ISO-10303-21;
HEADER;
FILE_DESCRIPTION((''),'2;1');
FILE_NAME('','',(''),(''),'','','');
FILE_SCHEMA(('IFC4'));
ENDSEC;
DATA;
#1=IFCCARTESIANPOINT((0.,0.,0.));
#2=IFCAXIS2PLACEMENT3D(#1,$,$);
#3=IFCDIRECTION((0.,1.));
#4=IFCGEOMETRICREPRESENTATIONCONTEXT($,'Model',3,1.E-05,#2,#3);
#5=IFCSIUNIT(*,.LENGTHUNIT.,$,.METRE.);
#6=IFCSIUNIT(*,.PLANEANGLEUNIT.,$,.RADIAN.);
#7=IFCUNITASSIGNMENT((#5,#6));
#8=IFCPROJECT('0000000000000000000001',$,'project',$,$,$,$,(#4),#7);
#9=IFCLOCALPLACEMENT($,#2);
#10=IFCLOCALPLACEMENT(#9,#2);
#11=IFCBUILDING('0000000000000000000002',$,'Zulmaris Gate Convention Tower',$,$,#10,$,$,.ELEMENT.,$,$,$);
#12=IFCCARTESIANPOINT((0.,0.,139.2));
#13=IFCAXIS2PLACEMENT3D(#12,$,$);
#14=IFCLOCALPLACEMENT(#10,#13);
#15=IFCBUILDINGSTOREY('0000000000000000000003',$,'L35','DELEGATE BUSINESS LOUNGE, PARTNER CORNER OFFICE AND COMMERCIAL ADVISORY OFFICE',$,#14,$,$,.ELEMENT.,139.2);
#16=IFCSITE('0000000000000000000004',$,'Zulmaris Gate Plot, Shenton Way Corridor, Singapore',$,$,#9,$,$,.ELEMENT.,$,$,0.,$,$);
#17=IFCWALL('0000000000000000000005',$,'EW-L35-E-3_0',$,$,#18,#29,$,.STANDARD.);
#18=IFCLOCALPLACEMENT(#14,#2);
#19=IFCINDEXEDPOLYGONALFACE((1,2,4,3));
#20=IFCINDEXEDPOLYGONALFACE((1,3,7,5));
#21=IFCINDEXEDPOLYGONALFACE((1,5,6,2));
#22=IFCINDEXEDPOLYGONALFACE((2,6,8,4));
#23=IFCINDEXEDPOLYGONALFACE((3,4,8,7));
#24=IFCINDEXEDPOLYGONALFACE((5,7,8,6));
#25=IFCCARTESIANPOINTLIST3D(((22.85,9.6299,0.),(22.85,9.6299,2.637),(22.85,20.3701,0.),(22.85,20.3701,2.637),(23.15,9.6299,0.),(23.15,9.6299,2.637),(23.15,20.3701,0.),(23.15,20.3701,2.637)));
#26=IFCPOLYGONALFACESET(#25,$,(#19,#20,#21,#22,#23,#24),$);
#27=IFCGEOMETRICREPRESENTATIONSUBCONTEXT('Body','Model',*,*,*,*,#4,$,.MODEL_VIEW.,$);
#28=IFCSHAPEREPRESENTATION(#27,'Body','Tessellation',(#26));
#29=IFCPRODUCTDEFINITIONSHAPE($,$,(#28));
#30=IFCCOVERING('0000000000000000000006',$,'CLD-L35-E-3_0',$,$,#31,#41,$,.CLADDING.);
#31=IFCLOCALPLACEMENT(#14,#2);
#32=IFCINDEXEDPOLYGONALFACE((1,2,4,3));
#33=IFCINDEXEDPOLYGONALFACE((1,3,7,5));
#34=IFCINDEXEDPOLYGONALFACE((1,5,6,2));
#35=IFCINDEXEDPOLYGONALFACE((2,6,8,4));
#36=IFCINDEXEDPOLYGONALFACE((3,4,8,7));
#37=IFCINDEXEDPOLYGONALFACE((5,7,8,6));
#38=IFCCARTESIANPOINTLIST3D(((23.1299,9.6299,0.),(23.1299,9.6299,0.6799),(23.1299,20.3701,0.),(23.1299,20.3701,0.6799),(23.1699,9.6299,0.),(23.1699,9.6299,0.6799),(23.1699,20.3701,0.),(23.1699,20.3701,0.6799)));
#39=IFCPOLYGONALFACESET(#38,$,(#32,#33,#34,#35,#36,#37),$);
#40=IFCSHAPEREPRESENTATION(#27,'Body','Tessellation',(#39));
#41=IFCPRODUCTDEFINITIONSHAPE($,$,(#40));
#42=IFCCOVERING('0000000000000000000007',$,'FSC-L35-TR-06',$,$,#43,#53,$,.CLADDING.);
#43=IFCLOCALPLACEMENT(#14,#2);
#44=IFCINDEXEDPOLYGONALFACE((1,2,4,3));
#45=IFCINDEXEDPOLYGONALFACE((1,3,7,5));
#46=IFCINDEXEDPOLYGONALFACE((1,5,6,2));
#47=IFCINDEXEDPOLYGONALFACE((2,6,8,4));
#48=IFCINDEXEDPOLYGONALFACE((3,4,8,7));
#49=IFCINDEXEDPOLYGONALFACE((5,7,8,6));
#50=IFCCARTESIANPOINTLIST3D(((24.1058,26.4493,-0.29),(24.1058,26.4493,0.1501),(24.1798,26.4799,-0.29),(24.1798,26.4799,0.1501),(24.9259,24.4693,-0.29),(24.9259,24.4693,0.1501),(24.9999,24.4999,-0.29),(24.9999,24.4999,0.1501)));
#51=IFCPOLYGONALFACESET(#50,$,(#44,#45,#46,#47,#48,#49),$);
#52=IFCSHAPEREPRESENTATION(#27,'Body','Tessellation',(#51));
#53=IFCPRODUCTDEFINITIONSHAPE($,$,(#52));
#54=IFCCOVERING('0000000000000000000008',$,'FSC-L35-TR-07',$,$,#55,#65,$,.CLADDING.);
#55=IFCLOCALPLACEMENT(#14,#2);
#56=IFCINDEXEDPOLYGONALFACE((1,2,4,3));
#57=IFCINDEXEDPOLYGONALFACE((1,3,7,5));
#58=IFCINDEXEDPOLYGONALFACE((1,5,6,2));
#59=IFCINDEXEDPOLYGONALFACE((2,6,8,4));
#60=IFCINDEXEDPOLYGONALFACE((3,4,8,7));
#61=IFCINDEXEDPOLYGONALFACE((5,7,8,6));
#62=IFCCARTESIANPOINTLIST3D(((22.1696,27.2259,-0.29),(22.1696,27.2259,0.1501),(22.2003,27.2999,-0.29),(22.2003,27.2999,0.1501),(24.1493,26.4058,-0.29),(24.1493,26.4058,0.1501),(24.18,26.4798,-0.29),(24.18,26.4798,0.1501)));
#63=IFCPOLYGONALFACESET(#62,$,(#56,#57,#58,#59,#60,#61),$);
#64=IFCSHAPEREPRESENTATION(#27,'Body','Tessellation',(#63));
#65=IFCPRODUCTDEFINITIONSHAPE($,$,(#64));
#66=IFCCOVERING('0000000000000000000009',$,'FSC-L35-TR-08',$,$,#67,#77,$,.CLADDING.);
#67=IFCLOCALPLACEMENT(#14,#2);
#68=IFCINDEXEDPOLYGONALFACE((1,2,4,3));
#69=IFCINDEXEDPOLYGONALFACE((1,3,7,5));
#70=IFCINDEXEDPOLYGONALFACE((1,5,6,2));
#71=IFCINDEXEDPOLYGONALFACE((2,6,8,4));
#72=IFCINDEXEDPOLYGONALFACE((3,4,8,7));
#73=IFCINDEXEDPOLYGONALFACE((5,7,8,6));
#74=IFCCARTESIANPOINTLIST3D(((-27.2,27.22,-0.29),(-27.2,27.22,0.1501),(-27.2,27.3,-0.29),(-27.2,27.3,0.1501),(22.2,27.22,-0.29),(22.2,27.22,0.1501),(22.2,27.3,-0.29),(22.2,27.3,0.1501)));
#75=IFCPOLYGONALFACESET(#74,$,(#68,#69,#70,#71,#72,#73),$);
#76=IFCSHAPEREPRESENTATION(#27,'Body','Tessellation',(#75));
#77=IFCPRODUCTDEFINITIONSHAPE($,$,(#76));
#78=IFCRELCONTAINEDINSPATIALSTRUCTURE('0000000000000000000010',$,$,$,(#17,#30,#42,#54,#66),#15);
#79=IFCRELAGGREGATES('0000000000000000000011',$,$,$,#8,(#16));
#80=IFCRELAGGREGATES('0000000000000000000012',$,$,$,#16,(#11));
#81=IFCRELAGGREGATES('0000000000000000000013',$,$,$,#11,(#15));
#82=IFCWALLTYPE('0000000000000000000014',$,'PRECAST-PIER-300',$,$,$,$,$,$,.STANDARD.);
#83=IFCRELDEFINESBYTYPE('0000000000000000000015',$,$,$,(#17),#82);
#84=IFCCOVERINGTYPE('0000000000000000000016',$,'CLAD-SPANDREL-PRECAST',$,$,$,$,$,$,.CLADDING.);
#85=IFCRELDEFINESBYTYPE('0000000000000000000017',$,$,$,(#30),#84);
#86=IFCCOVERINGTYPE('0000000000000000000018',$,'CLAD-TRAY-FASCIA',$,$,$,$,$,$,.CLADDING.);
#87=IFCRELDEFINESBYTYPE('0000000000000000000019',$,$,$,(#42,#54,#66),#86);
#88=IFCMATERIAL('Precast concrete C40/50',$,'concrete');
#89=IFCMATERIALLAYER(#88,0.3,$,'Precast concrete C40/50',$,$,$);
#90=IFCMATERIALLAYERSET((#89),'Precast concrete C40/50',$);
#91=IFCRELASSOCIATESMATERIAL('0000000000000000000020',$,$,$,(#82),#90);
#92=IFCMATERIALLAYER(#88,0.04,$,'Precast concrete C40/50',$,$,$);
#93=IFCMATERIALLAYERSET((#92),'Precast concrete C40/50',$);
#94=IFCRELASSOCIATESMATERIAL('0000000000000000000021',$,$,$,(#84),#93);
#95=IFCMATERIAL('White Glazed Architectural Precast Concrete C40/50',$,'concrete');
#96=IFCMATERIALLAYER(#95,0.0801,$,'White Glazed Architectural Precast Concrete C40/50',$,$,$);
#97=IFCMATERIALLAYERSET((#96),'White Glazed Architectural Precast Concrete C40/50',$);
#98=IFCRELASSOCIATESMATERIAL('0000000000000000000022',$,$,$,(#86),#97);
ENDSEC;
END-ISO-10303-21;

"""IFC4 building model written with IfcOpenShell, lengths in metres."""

from ifc_helpers import new_model, si_unit, direction, frame, frame_2d, origin, place, context, subcontext, project, spatial, rectangle, extrude, material, layer, layer_set, type_object, element, save


model = new_model("IFC4")

# Units and contexts
model_context = context("Model", 3, precision=1e-05, world=origin(), true_north=direction((0.0, 1.0)))
body_context = subcontext(model_context, "Body", "Model", "MODEL_VIEW")
ifc_project = project(units=[si_unit("LENGTHUNIT", "METRE"), si_unit("PLANEANGLEUNIT", "RADIAN")], contexts=[model_context])

# Site, building, storey
site_placement = place(None, origin())
site = spatial("IfcSite", under=ifc_project, at=site_placement, Name="Zulmaris Gate Plot, Shenton Way Corridor, Singapore", CompositionType="ELEMENT", RefElevation=0.0)
building_placement = place(site_placement, origin())
building = spatial("IfcBuilding", under=site, at=building_placement, Name="Zulmaris Gate Convention Tower", CompositionType="ELEMENT")
storey_placement = place(building_placement, frame((0.0, 0.0, 139.2)))
storey = spatial("IfcBuildingStorey", under=building, at=storey_placement, Name="L35", Description="DELEGATE BUSINESS LOUNGE, PARTNER CORNER OFFICE AND COMMERCIAL ADVISORY OFFICE", CompositionType="ELEMENT", Elevation=139.2)

# Shared definitions
ifc_material_1 = material(Name="Precast concrete C40/50", Category="concrete")
ifc_layer_1 = layer(ifc_material_1, 0.3, Name="Precast concrete C40/50")
ifc_layer_set_1 = layer_set([ifc_layer_1], Name="Precast concrete C40/50")
wall_type_1 = type_object("IfcWallType", Name="PRECAST-PIER-300", PredefinedType="STANDARD", material=ifc_layer_set_1)

# Wall
wall_1_placement = place(storey_placement, frame((23.0, 9.6299, 0.0), z_axis=(0.0, 0.0, 1.0), x_axis=(0.0, 1.0, 0.0)))
element("IfcWall", 1, at=wall_1_placement, inside=storey, type_object=wall_type_1, Name="EW-L35-E-3_0", PredefinedType="STANDARD", context=body_context, shape_type="SweptSolid", body=[
    extrude(rectangle(XDim=10.7402, YDim=0.3, at=frame_2d((5.3701, 0.0))), origin(), (0.0, 0.0, 1.0), 2.637),
])

# Coverings
ifc_layer_2 = layer(ifc_material_1, 0.04, Name="Precast concrete C40/50")
ifc_layer_set_2 = layer_set([ifc_layer_2], Name="Precast concrete C40/50")
covering_type_1 = type_object("IfcCoveringType", Name="CLAD-SPANDREL-PRECAST", PredefinedType="CLADDING", material=ifc_layer_set_2)
covering_1_placement = place(storey_placement, frame((23.1499, 9.6299, 0.0), z_axis=(0.0, 0.0, 1.0), x_axis=(0.0, 1.0, 0.0)))
element("IfcCovering", 2, at=covering_1_placement, inside=storey, type_object=covering_type_1, Name="CLD-L35-E-3_0", PredefinedType="CLADDING", context=body_context, shape_type="SweptSolid", body=[
    extrude(rectangle(XDim=10.7402, YDim=0.04, at=frame_2d((5.3701, 0.0))), origin(), (0.0, 0.0, 1.0), 0.6799),
])
ifc_material_2 = material(Name="White Glazed Architectural Precast Concrete C40/50", Category="concrete")
ifc_layer_3 = layer(ifc_material_2, 0.0801, Name="White Glazed Architectural Precast Concrete C40/50")
ifc_layer_set_3 = layer_set([ifc_layer_3], Name="White Glazed Architectural Precast Concrete C40/50")
covering_type_2 = type_object("IfcCoveringType", Name="CLAD-TRAY-FASCIA", PredefinedType="CLADDING", material=ifc_layer_set_3)
covering_2_placement = place(storey_placement, frame((24.9629, 24.4846, -0.29), z_axis=(0.0, 0.0, 1.0), x_axis=(-0.382657, 0.92389, 0.0)))
element("IfcCovering", 3, at=covering_2_placement, inside=storey, type_object=covering_type_2, Name="FSC-L35-TR-06", PredefinedType="CLADDING", context=body_context, shape_type="SweptSolid", body=[
    extrude(rectangle(XDim=2.1431, YDim=0.0801, at=frame_2d((1.0715, 0.0))), origin(), (0.0, 0.0, 1.0), 0.4402),
])
covering_3_placement = place(storey_placement, frame((24.1646, 26.4429, -0.29), z_axis=(0.0, 0.0, 1.0), x_axis=(-0.923874, 0.382697, 0.0)))
element("IfcCovering", 4, at=covering_3_placement, inside=storey, type_object=covering_type_2, Name="FSC-L35-TR-07", PredefinedType="CLADDING", context=body_context, shape_type="SweptSolid", body=[
    extrude(rectangle(XDim=2.1428, YDim=0.0801, at=frame_2d((1.0713, 0.0))), origin(), (0.0, 0.0, 1.0), 0.4402),
])
covering_4_placement = place(storey_placement, frame((22.2, 27.26, -0.29), z_axis=(0.0, 0.0, 1.0), x_axis=(-1.0, 0.0, 0.0)))
element("IfcCovering", 5, at=covering_4_placement, inside=storey, type_object=covering_type_2, Name="FSC-L35-TR-08", PredefinedType="CLADDING", context=body_context, shape_type="SweptSolid", body=[
    extrude(rectangle(XDim=49.3999, YDim=0.0801, at=frame_2d((24.7, 0.0))), origin(), (0.0, 0.0, 1.0), 0.4402),
])

save(model, "model.ifc")
